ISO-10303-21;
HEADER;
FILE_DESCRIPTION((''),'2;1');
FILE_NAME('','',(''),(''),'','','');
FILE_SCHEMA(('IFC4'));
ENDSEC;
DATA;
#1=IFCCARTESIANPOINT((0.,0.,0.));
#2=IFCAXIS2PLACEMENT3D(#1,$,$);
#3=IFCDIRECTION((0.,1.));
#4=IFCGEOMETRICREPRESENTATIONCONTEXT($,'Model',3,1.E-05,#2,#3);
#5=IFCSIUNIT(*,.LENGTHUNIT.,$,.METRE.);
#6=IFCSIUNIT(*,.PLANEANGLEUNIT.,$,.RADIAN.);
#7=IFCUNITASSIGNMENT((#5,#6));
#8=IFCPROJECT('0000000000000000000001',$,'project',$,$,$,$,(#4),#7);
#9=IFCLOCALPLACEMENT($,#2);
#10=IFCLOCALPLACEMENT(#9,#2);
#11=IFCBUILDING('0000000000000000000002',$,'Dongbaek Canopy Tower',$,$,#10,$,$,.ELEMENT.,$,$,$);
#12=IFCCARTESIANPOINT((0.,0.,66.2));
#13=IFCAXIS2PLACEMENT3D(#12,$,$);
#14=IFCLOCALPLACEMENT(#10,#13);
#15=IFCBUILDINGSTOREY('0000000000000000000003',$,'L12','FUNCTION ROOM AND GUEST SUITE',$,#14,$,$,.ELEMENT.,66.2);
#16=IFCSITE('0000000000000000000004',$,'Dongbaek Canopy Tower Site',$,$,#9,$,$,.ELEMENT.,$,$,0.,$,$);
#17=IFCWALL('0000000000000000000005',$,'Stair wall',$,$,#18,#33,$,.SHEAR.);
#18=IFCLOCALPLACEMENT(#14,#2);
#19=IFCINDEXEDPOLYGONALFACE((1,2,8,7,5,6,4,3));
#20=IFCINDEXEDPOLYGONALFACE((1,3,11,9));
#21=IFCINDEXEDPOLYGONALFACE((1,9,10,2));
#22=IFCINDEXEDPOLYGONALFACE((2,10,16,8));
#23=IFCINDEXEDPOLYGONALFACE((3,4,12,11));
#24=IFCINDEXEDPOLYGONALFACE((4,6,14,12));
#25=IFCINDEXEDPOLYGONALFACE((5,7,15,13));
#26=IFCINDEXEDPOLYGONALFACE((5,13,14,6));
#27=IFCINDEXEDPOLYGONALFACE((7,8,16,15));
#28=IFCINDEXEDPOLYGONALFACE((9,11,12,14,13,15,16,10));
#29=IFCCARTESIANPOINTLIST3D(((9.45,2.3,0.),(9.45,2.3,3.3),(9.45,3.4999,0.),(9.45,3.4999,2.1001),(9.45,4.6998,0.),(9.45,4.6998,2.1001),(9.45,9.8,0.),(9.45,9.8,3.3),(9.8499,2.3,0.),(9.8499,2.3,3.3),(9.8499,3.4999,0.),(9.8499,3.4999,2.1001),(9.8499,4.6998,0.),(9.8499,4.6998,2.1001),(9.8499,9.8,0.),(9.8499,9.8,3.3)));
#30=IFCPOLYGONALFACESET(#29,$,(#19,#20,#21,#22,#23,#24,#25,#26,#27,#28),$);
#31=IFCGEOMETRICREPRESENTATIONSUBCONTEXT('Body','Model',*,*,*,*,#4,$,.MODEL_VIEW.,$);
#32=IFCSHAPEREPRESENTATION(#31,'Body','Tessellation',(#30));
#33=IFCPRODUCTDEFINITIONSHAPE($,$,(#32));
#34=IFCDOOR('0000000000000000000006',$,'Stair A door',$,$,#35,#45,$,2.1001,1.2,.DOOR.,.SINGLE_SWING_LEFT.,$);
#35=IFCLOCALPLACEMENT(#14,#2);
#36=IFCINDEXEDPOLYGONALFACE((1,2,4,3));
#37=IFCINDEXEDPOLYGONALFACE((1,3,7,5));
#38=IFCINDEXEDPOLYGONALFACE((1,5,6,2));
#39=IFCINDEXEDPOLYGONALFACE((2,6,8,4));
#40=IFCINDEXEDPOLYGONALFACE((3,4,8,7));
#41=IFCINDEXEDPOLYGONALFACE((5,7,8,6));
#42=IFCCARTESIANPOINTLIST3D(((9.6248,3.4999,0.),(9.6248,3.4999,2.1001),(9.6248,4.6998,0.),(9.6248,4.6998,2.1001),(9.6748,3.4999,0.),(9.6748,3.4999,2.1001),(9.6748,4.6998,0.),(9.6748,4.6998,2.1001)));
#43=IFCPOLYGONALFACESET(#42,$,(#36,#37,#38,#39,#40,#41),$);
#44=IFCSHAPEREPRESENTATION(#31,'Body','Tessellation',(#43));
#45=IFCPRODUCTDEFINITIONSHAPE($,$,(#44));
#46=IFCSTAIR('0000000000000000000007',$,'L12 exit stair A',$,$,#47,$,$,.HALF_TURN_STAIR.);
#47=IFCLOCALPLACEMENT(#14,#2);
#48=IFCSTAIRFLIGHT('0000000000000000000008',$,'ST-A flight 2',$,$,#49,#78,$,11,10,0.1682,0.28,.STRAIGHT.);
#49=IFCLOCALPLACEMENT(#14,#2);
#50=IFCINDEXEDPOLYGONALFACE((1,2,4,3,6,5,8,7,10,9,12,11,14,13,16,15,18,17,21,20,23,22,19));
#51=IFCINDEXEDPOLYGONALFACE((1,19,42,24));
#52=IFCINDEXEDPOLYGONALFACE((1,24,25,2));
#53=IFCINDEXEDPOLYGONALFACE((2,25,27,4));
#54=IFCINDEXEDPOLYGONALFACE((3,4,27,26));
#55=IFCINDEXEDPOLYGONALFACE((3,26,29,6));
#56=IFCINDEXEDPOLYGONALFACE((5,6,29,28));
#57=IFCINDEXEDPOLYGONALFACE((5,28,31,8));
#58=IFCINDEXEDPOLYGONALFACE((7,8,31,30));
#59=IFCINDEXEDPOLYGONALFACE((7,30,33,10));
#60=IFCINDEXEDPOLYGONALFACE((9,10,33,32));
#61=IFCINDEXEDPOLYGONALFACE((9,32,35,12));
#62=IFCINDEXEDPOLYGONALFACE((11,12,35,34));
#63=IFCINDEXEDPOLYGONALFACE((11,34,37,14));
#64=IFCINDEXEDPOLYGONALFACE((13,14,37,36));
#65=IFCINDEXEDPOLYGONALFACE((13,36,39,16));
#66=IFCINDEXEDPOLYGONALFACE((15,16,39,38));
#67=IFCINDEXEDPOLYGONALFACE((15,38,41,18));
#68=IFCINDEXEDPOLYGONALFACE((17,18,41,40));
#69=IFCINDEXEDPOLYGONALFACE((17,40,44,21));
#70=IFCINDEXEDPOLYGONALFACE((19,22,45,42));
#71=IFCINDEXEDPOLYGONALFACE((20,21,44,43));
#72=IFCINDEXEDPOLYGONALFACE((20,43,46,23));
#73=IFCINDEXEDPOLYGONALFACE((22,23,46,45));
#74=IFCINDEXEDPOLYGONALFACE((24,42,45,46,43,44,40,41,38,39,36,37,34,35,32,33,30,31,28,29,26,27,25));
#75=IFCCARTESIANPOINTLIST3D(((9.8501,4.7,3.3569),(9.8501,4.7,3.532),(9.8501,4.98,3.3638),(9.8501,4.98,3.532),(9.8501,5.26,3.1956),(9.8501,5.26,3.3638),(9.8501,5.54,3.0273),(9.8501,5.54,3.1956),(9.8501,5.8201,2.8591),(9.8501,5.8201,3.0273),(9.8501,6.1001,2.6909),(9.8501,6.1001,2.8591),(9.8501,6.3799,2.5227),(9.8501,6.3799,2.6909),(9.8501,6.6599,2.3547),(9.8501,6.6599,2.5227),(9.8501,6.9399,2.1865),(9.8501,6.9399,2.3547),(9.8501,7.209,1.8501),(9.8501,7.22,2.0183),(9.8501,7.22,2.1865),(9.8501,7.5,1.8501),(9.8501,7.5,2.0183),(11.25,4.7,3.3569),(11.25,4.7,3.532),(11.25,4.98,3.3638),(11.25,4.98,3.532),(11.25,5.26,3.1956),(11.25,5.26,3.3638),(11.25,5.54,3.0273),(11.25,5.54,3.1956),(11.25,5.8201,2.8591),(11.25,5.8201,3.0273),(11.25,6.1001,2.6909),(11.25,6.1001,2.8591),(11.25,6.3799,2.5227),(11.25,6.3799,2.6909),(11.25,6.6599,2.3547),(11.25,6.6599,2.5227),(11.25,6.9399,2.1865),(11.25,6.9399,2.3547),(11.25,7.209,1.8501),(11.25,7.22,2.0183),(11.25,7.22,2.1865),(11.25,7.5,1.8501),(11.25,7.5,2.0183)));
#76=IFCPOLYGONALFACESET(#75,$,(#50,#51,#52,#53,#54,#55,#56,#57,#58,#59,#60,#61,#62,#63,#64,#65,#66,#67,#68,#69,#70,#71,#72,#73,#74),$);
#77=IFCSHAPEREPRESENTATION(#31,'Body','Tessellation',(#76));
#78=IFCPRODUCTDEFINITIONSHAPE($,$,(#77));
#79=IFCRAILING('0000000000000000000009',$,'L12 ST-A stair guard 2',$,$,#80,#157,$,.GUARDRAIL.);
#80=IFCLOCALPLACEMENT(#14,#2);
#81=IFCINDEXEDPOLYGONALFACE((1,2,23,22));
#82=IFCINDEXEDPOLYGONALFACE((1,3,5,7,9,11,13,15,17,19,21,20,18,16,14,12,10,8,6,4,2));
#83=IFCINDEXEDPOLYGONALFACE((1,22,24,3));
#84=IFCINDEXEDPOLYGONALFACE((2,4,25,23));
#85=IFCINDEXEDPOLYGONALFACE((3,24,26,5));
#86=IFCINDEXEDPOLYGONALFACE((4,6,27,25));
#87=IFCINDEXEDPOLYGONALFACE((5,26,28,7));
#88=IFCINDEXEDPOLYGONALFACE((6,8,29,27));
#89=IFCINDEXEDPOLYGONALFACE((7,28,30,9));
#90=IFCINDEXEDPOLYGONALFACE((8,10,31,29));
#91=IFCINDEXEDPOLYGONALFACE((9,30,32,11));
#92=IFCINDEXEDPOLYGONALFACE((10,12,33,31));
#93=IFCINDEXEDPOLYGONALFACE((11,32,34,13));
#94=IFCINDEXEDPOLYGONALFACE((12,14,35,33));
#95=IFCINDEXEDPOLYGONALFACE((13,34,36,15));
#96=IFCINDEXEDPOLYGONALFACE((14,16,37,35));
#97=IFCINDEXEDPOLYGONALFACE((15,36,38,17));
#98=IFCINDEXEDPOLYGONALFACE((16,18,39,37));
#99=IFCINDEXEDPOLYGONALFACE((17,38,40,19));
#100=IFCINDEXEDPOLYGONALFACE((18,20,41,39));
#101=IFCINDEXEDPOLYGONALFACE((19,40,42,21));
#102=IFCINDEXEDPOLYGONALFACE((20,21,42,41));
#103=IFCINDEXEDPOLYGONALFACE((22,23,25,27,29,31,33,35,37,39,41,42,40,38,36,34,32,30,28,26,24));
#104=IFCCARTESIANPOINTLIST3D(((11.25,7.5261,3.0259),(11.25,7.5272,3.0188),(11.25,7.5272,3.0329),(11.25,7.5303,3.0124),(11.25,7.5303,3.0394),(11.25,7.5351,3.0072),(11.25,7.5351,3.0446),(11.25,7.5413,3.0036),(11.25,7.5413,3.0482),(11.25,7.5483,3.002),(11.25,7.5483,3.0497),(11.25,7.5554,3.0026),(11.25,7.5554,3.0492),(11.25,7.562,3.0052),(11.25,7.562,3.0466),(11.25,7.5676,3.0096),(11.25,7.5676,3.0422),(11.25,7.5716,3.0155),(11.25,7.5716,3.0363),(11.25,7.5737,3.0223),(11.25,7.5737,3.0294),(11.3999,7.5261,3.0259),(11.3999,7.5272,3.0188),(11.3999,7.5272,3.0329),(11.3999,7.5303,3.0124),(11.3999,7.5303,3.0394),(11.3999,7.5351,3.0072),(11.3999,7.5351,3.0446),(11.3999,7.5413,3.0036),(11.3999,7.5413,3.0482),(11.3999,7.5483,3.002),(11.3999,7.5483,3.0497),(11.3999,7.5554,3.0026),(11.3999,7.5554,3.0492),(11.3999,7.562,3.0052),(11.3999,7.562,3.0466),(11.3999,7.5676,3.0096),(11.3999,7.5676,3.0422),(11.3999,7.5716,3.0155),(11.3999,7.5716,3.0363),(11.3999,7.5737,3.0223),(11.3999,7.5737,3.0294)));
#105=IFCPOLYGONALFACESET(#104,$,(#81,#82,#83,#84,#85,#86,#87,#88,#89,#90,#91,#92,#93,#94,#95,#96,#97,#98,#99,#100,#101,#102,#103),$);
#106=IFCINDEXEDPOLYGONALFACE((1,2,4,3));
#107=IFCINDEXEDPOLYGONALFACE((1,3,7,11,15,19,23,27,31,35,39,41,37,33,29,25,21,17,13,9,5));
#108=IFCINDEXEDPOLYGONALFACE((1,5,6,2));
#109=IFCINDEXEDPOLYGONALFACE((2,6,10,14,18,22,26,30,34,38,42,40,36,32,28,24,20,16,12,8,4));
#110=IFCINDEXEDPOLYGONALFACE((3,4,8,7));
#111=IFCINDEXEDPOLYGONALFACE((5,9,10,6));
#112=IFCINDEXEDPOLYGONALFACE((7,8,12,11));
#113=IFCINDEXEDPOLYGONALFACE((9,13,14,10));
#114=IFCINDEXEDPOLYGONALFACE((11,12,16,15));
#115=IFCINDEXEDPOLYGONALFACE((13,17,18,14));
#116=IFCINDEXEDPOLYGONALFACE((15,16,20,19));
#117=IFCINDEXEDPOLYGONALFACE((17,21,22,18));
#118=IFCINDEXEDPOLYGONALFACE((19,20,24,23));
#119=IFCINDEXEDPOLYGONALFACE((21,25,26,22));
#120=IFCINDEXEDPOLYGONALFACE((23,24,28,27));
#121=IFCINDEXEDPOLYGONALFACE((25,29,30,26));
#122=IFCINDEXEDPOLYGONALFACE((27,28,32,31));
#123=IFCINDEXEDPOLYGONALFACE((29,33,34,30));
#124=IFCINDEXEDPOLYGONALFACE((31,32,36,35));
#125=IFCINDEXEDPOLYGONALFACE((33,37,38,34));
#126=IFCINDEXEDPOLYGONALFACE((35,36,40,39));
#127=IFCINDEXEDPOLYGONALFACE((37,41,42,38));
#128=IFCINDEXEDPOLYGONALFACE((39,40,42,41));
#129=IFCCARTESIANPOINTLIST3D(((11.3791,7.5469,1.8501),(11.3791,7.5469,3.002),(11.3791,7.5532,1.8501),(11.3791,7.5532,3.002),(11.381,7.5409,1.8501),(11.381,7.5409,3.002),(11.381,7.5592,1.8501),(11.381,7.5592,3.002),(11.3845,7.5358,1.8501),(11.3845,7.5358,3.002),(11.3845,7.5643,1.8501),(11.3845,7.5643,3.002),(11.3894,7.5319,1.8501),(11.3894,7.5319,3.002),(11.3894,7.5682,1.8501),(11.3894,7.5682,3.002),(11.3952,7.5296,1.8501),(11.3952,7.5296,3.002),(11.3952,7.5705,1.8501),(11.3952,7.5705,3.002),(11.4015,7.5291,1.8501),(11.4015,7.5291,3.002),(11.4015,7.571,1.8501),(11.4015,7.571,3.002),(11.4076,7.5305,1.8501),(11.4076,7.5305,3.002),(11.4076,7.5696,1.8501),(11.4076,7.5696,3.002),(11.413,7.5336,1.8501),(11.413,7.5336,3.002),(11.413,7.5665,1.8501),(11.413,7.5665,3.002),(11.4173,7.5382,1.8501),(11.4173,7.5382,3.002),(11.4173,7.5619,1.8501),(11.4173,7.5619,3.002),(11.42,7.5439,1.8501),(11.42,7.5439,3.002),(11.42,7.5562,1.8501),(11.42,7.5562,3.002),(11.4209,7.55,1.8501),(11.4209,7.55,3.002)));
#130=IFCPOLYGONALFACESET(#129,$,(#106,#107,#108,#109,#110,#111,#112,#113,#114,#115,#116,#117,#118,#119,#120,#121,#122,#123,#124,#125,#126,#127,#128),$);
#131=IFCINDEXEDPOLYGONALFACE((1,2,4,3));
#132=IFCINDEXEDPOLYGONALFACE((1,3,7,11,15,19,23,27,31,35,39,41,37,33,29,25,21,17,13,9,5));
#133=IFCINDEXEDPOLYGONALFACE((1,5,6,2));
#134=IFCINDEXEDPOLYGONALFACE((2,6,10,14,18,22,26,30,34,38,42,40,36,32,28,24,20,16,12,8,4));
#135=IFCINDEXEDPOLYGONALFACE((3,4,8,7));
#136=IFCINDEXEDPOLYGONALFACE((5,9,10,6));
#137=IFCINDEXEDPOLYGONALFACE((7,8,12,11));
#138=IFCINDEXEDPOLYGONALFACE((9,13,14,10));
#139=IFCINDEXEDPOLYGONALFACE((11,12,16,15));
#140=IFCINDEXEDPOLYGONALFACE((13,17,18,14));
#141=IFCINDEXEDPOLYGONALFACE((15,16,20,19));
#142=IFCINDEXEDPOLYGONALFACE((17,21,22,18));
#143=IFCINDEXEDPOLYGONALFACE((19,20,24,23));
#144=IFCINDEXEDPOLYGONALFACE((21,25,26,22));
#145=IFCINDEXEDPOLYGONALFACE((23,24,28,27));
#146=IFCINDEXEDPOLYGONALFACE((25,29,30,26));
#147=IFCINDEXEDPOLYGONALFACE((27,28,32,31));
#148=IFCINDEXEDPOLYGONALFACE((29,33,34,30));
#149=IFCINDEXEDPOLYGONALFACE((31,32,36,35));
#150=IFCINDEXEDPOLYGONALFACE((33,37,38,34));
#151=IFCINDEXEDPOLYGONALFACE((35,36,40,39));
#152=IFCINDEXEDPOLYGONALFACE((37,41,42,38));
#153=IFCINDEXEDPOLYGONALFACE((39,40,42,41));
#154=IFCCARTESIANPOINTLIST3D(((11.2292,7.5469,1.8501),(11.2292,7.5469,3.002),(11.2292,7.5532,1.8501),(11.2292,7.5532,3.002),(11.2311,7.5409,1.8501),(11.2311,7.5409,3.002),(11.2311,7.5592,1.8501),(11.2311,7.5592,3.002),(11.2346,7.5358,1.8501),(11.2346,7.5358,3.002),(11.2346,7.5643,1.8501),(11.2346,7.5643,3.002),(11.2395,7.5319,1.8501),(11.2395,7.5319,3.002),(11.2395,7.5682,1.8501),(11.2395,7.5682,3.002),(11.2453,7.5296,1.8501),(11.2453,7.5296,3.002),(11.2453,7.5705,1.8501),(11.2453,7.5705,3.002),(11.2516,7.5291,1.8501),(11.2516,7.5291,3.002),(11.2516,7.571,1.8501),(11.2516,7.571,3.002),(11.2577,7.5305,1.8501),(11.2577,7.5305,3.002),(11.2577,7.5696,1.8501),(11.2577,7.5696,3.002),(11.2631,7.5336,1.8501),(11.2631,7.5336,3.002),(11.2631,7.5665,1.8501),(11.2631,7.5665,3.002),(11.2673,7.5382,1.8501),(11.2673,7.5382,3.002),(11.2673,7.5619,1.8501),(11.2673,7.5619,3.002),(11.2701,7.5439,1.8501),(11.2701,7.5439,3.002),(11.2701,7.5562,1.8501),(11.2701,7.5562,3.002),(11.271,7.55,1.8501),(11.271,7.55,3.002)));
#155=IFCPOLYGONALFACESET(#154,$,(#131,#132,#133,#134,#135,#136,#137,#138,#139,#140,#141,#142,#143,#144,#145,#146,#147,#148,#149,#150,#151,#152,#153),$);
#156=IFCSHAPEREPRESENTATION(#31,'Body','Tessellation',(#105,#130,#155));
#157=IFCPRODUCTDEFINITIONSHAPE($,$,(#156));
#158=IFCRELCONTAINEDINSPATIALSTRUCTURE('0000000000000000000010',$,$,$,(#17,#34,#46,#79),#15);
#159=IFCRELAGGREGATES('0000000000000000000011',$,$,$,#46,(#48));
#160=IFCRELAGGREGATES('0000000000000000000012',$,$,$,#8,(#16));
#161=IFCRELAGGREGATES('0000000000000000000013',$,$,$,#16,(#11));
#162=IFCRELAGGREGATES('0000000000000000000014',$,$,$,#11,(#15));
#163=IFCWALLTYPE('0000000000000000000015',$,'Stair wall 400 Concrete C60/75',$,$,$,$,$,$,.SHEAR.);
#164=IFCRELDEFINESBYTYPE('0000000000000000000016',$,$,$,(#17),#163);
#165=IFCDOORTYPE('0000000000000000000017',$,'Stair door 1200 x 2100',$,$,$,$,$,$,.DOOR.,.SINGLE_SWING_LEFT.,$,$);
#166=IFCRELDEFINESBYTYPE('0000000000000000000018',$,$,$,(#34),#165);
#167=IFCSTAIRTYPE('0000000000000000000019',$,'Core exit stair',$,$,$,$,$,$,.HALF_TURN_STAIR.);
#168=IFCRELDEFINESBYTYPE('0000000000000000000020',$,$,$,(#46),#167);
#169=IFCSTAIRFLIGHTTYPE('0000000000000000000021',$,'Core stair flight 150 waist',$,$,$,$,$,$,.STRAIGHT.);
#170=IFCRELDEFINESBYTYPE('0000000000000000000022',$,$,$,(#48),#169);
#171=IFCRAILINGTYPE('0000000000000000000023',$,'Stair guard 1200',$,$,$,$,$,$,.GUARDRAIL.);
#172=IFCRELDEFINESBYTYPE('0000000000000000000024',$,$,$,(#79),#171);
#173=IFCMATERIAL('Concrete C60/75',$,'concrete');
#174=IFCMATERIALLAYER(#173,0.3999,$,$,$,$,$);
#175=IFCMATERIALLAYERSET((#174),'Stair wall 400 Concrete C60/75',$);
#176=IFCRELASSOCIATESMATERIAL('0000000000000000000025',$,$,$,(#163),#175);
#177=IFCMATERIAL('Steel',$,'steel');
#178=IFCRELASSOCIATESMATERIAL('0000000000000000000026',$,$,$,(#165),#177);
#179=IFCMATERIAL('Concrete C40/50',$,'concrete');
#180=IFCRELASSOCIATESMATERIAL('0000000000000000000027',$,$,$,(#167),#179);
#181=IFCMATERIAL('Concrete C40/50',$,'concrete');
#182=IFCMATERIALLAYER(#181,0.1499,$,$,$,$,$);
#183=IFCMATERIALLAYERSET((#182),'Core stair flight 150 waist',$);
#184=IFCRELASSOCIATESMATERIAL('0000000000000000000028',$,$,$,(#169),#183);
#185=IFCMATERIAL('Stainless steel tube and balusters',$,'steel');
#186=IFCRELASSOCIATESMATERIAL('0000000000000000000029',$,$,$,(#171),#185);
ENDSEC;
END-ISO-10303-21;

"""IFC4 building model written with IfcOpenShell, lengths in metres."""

from ifc_helpers import new_model, si_unit, direction, frame, frame_2d, origin, origin_2d, place, context, subcontext, project, spatial, polyline, rectangle, circle, outline, extrude, material, layer, layer_set, type_object, element, fill, aggregate, save


model = new_model("IFC4")

# Units and contexts
model_context = context("Model", 3, precision=1e-05, world=origin(), true_north=direction((0.0, 1.0)))
body_context = subcontext(model_context, "Body", "Model", "MODEL_VIEW")
ifc_project = project(units=[si_unit("LENGTHUNIT", "METRE"), si_unit("PLANEANGLEUNIT", "RADIAN")], contexts=[model_context])

# Site, building, storey
site_placement = place(None, origin())
site = spatial("IfcSite", under=ifc_project, at=site_placement, Name="Dongbaek Canopy Tower Site", CompositionType="ELEMENT", RefElevation=0.0)
building_placement = place(site_placement, origin())
building = spatial("IfcBuilding", under=site, at=building_placement, Name="Dongbaek Canopy Tower", CompositionType="ELEMENT")
storey_placement = place(building_placement, frame((0.0, 0.0, 66.2)))
storey = spatial("IfcBuildingStorey", under=building, at=storey_placement, Name="L12", Description="FUNCTION ROOM AND GUEST SUITE", CompositionType="ELEMENT", Elevation=66.2)

# Wall, opening, door
ifc_material_1 = material(Name="Concrete C60/75", Category="concrete")
ifc_layer_1 = layer(ifc_material_1, 0.3999)
ifc_layer_set_1 = layer_set([ifc_layer_1], Name="Stair wall 400 Concrete C60/75")
wall_type_1 = type_object("IfcWallType", Name="Stair wall 400 Concrete C60/75", PredefinedType="SHEAR", material=ifc_layer_set_1)
wall_1_placement = place(storey_placement, frame((9.6499, 9.8, 0.0), z_axis=(0.0, 0.0, 1.0), x_axis=(0.0, -1.0, 0.0)))
wall_1 = element("IfcWall", 1, at=wall_1_placement, inside=storey, type_object=wall_type_1, Name="Stair wall", PredefinedType="SHEAR", context=body_context, shape_type="SweptSolid", body=[
    extrude(rectangle(XDim=7.5, YDim=0.3999, at=frame_2d((3.75, 0.0))), origin(), (0.0, 0.0, 1.0), 3.3),
])
opening_1_placement = place(wall_1_placement, frame((5.1001, 0.0, 0.0)))
opening_1 = element("IfcOpeningElement", 2, at=opening_1_placement, cuts=wall_1, PredefinedType="OPENING", context=body_context, shape_type="SweptSolid", body=[
    extrude(rectangle(XDim=1.2, YDim=2.1001, at=frame_2d((0.6001, 1.05))), frame((0.0, 0.21, 0.0), z_axis=(0.0, -1.0, 0.0), x_axis=(1.0, 0.0, 0.0)), (0.0, 0.0, 1.0), 0.4199),
])
ifc_material_2 = material(Name="Steel", Category="steel")
door_type_1 = type_object("IfcDoorType", Name="Stair door 1200 x 2100", OperationType="SINGLE_SWING_LEFT", PredefinedType="DOOR", material=ifc_material_2)
door_1_placement = place(opening_1_placement, origin())
door_1 = element("IfcDoor", 3, at=door_1_placement, inside=storey, type_object=door_type_1, Name="Stair A door", OperationType="SINGLE_SWING_LEFT", OverallHeight=2.1001, OverallWidth=1.2, PredefinedType="DOOR", context=body_context, shape_type="SweptSolid", body=[
    extrude(rectangle(XDim=1.2, YDim=2.1001, at=frame_2d((0.6001, 1.05))), frame((0.0, 0.0249, 0.0), z_axis=(0.0, -1.0, 0.0), x_axis=(1.0, 0.0, 0.0)), (0.0, 0.0, 1.0), 0.05),
])
fill(opening_1, door_1)

# Stair, stair flight
ifc_material_3 = material(Name="Concrete C40/50", Category="concrete")
stair_type = type_object("IfcStairType", Name="Core exit stair", PredefinedType="HALF_TURN_STAIR", material=ifc_material_3)
stair_placement = place(storey_placement, origin())
stair = element("IfcStair", 4, at=stair_placement, inside=storey, type_object=stair_type, Name="L12 exit stair A", PredefinedType="HALF_TURN_STAIR")
ifc_material_4 = material(Name="Concrete C40/50", Category="concrete")
ifc_layer_2 = layer(ifc_material_4, 0.1499)
ifc_layer_set_2 = layer_set([ifc_layer_2], Name="Core stair flight 150 waist")
stair_flight_type = type_object("IfcStairFlightType", Name="Core stair flight 150 waist", PredefinedType="STRAIGHT", material=ifc_layer_set_2)
stair_flight_placement = place(storey_placement, frame((10.55, 7.5, 1.8501), z_axis=(0.0, 0.0, 1.0), x_axis=(0.0, -1.0, 0.0)))
stair_flight = element("IfcStairFlight", 5, at=stair_flight_placement, type_object=stair_flight_type, Name="ST-A flight 2", NumberOfRisers=11, NumberOfTreads=10, PredefinedType="STRAIGHT", RiserHeight=0.1682, TreadLength=0.28, context=body_context, shape_type="SweptSolid", body=[
    extrude(outline(polyline([(0.0, 0.0), (0.0, 0.1682), (0.28, 0.1682), (0.28, 0.3364), (0.5601, 0.3364), (0.5601, 0.5046), (0.8401, 0.5046), (0.8401, 0.6726), (1.1201, 0.6726), (1.1201, 0.8408), (1.3999, 0.8408), (1.3999, 1.009), (1.6799, 1.009), (1.6799, 1.1772), (1.96, 1.1772), (1.96, 1.3455), (2.24, 1.3455), (2.24, 1.5137), (2.52, 1.5137), (2.52, 1.6819), (2.8, 1.6819), (2.8, 1.8501), (2.8, 1.5068), (0.291, 0.0), (0.0, 0.0)])), frame((0.0, 0.7, 0.0), z_axis=(0.0, -1.0, 0.0), x_axis=(1.0, 0.0, 0.0)), (0.0, 0.0, 1.0), 1.3999),
])
aggregate(stair, [stair_flight])

# Railing
ifc_material_5 = material(Name="Stainless steel tube and balusters", Category="steel")
railing_type_1 = type_object("IfcRailingType", Name="Stair guard 1200", PredefinedType="GUARDRAIL", material=ifc_material_5)
railing_1_placement = place(storey_placement, frame((11.3999, 7.55, 1.8501)))
element("IfcRailing", 6, at=railing_1_placement, inside=storey, type_object=railing_type_1, Name="L12 ST-A stair guard 2", PredefinedType="GUARDRAIL", context=body_context, shape_type="SweptSolid", body=[
    extrude(circle(Radius=0.0239, at=origin_2d()), frame((0.0, 0.0, 1.1758), z_axis=(-1.0, 0.0, 0.0), x_axis=(0.0, -1.0, 0.0)), (0.0, 0.0, 1.0), 0.1499),
    extrude(circle(Radius=0.021, at=origin_2d()), origin(), (0.0, 0.0, 1.0), 1.1519),
    extrude(circle(Radius=0.021, at=origin_2d()), frame((-0.1499, 0.0, 0.0)), (0.0, 0.0, 1.0), 1.1519),
])

save(model, "model.ifc")
